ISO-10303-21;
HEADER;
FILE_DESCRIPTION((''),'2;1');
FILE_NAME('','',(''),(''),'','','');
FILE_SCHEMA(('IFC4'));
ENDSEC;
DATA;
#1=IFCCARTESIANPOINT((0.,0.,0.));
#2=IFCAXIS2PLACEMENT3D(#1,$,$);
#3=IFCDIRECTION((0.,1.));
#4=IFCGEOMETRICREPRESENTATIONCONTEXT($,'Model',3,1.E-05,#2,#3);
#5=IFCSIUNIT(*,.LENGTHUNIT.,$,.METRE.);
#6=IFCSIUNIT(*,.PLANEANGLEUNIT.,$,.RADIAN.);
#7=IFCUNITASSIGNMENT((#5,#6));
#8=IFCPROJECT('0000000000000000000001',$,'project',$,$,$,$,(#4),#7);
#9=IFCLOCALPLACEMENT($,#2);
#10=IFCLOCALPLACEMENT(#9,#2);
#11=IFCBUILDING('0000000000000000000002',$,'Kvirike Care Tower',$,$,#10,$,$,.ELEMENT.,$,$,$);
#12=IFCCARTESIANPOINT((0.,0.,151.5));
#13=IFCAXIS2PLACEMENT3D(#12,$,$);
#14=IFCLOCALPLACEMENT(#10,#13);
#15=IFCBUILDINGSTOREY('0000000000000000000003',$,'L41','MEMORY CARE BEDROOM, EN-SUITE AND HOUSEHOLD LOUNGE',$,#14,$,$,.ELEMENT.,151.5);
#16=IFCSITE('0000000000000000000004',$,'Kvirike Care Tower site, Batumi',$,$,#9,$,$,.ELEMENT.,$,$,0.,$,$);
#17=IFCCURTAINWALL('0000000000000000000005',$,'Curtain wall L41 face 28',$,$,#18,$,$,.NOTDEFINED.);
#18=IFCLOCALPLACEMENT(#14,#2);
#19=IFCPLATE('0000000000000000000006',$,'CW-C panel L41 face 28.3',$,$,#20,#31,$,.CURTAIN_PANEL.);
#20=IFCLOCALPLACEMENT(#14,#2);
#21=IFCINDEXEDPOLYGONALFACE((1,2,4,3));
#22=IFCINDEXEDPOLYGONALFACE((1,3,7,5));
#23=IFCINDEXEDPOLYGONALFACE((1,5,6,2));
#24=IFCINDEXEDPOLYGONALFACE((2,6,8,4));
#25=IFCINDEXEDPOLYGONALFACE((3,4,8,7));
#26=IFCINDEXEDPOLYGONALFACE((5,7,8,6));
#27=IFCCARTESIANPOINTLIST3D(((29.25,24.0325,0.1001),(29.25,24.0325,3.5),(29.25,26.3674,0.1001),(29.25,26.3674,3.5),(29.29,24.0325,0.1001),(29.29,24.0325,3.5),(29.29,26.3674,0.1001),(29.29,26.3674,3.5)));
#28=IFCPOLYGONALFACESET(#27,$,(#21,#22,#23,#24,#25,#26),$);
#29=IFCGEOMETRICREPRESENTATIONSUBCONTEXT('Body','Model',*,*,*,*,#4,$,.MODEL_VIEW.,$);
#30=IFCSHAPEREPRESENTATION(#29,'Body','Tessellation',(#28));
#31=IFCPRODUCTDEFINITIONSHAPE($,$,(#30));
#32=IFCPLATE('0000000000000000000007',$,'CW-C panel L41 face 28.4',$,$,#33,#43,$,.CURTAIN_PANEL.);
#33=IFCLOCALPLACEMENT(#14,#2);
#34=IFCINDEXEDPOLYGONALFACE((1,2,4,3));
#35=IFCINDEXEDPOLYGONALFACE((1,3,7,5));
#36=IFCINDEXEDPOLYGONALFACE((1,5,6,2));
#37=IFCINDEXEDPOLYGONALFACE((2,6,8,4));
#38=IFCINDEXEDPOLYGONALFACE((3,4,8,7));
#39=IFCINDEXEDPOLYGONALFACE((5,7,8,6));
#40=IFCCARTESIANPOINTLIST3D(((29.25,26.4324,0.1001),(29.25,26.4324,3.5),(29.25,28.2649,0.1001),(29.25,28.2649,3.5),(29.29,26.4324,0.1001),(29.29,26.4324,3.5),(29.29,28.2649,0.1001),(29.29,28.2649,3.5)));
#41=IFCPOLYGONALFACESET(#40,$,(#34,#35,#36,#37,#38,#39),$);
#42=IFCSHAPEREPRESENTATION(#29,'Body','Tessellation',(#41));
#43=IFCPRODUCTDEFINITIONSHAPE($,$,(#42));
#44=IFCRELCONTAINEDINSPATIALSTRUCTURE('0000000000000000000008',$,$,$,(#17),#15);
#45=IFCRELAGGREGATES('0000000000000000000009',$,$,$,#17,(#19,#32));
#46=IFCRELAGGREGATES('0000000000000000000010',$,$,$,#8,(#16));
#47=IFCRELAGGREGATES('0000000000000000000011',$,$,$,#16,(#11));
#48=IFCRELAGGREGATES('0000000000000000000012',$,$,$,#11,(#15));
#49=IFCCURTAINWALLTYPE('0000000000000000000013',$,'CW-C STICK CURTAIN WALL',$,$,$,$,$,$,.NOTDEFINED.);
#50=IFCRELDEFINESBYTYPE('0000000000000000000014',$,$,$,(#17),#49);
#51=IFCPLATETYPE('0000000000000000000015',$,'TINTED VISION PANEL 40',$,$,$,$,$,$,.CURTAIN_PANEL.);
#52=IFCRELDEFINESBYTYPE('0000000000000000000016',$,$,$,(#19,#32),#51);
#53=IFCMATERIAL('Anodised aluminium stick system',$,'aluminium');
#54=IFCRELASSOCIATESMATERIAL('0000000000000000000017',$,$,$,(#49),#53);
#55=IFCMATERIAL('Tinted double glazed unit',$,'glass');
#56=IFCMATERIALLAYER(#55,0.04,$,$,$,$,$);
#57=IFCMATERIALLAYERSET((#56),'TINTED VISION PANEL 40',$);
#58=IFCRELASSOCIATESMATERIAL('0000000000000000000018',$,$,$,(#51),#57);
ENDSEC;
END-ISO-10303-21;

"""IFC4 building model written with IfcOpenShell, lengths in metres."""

from ifc_helpers import new_model, si_unit, direction, frame, origin, origin_2d, place, context, subcontext, project, spatial, rectangle, extrude, material, layer, layer_set, type_object, element, aggregate, save


model = new_model("IFC4")

# Units and contexts
model_context = context("Model", 3, precision=1e-05, world=origin(), true_north=direction((0.0, 1.0)))
body_context = subcontext(model_context, "Body", "Model", "MODEL_VIEW")
ifc_project = project(units=[si_unit("LENGTHUNIT", "METRE"), si_unit("PLANEANGLEUNIT", "RADIAN")], contexts=[model_context])

# Site, building, storey
site_placement = place(None, origin())
site = spatial("IfcSite", under=ifc_project, at=site_placement, Name="Kvirike Care Tower site, Batumi", CompositionType="ELEMENT", RefElevation=0.0)
building_placement = place(site_placement, origin())
building = spatial("IfcBuilding", under=site, at=building_placement, Name="Kvirike Care Tower", CompositionType="ELEMENT")
storey_placement = place(building_placement, frame((0.0, 0.0, 151.5)))
storey = spatial("IfcBuildingStorey", under=building, at=storey_placement, Name="L41", Description="MEMORY CARE BEDROOM, EN-SUITE AND HOUSEHOLD LOUNGE", CompositionType="ELEMENT", Elevation=151.5)

# Curtain wall
ifc_material_1 = material(Name="Anodised aluminium stick system", Category="aluminium")
curtain_wall_type = type_object("IfcCurtainWallType", Name="CW-C STICK CURTAIN WALL", PredefinedType="NOTDEFINED", material=ifc_material_1)
curtain_wall_1_placement = place(storey_placement, origin())
curtain_wall_1 = element("IfcCurtainWall", 1, at=curtain_wall_1_placement, inside=storey, type_object=curtain_wall_type, Name="Curtain wall L41 face 28", PredefinedType="NOTDEFINED")

# Plates
ifc_material_2 = material(Name="Tinted double glazed unit", Category="glass")
ifc_layer = layer(ifc_material_2, 0.04)
ifc_layer_set = layer_set([ifc_layer], Name="TINTED VISION PANEL 40")
plate_type = type_object("IfcPlateType", Name="TINTED VISION PANEL 40", PredefinedType="CURTAIN_PANEL", material=ifc_layer_set)
plate_1_placement = place(storey_placement, frame((29.27, 25.2, 0.1001), z_axis=(0.0, 0.0, 1.0), x_axis=(0.0, 1.0, 0.0)))
plate_1 = element("IfcPlate", 2, at=plate_1_placement, type_object=plate_type, Name="CW-C panel L41 face 28.3", PredefinedType="CURTAIN_PANEL", context=body_context, shape_type="SweptSolid", body=[
    extrude(rectangle(XDim=2.335, YDim=0.04, at=origin_2d()), origin(), (0.0, 0.0, 1.0), 3.3999),
])
plate_2_placement = place(storey_placement, frame((29.27, 27.3486, 0.1001), z_axis=(0.0, 0.0, 1.0), x_axis=(0.0, 1.0, 0.0)))
plate_2 = element("IfcPlate", 3, at=plate_2_placement, type_object=plate_type, Name="CW-C panel L41 face 28.4", PredefinedType="CURTAIN_PANEL", context=body_context, shape_type="SweptSolid", body=[
    extrude(rectangle(XDim=1.8325, YDim=0.04, at=origin_2d()), origin(), (0.0, 0.0, 1.0), 3.3999),
])
aggregate(curtain_wall_1, [plate_1, plate_2])

save(model, "model.ifc")
